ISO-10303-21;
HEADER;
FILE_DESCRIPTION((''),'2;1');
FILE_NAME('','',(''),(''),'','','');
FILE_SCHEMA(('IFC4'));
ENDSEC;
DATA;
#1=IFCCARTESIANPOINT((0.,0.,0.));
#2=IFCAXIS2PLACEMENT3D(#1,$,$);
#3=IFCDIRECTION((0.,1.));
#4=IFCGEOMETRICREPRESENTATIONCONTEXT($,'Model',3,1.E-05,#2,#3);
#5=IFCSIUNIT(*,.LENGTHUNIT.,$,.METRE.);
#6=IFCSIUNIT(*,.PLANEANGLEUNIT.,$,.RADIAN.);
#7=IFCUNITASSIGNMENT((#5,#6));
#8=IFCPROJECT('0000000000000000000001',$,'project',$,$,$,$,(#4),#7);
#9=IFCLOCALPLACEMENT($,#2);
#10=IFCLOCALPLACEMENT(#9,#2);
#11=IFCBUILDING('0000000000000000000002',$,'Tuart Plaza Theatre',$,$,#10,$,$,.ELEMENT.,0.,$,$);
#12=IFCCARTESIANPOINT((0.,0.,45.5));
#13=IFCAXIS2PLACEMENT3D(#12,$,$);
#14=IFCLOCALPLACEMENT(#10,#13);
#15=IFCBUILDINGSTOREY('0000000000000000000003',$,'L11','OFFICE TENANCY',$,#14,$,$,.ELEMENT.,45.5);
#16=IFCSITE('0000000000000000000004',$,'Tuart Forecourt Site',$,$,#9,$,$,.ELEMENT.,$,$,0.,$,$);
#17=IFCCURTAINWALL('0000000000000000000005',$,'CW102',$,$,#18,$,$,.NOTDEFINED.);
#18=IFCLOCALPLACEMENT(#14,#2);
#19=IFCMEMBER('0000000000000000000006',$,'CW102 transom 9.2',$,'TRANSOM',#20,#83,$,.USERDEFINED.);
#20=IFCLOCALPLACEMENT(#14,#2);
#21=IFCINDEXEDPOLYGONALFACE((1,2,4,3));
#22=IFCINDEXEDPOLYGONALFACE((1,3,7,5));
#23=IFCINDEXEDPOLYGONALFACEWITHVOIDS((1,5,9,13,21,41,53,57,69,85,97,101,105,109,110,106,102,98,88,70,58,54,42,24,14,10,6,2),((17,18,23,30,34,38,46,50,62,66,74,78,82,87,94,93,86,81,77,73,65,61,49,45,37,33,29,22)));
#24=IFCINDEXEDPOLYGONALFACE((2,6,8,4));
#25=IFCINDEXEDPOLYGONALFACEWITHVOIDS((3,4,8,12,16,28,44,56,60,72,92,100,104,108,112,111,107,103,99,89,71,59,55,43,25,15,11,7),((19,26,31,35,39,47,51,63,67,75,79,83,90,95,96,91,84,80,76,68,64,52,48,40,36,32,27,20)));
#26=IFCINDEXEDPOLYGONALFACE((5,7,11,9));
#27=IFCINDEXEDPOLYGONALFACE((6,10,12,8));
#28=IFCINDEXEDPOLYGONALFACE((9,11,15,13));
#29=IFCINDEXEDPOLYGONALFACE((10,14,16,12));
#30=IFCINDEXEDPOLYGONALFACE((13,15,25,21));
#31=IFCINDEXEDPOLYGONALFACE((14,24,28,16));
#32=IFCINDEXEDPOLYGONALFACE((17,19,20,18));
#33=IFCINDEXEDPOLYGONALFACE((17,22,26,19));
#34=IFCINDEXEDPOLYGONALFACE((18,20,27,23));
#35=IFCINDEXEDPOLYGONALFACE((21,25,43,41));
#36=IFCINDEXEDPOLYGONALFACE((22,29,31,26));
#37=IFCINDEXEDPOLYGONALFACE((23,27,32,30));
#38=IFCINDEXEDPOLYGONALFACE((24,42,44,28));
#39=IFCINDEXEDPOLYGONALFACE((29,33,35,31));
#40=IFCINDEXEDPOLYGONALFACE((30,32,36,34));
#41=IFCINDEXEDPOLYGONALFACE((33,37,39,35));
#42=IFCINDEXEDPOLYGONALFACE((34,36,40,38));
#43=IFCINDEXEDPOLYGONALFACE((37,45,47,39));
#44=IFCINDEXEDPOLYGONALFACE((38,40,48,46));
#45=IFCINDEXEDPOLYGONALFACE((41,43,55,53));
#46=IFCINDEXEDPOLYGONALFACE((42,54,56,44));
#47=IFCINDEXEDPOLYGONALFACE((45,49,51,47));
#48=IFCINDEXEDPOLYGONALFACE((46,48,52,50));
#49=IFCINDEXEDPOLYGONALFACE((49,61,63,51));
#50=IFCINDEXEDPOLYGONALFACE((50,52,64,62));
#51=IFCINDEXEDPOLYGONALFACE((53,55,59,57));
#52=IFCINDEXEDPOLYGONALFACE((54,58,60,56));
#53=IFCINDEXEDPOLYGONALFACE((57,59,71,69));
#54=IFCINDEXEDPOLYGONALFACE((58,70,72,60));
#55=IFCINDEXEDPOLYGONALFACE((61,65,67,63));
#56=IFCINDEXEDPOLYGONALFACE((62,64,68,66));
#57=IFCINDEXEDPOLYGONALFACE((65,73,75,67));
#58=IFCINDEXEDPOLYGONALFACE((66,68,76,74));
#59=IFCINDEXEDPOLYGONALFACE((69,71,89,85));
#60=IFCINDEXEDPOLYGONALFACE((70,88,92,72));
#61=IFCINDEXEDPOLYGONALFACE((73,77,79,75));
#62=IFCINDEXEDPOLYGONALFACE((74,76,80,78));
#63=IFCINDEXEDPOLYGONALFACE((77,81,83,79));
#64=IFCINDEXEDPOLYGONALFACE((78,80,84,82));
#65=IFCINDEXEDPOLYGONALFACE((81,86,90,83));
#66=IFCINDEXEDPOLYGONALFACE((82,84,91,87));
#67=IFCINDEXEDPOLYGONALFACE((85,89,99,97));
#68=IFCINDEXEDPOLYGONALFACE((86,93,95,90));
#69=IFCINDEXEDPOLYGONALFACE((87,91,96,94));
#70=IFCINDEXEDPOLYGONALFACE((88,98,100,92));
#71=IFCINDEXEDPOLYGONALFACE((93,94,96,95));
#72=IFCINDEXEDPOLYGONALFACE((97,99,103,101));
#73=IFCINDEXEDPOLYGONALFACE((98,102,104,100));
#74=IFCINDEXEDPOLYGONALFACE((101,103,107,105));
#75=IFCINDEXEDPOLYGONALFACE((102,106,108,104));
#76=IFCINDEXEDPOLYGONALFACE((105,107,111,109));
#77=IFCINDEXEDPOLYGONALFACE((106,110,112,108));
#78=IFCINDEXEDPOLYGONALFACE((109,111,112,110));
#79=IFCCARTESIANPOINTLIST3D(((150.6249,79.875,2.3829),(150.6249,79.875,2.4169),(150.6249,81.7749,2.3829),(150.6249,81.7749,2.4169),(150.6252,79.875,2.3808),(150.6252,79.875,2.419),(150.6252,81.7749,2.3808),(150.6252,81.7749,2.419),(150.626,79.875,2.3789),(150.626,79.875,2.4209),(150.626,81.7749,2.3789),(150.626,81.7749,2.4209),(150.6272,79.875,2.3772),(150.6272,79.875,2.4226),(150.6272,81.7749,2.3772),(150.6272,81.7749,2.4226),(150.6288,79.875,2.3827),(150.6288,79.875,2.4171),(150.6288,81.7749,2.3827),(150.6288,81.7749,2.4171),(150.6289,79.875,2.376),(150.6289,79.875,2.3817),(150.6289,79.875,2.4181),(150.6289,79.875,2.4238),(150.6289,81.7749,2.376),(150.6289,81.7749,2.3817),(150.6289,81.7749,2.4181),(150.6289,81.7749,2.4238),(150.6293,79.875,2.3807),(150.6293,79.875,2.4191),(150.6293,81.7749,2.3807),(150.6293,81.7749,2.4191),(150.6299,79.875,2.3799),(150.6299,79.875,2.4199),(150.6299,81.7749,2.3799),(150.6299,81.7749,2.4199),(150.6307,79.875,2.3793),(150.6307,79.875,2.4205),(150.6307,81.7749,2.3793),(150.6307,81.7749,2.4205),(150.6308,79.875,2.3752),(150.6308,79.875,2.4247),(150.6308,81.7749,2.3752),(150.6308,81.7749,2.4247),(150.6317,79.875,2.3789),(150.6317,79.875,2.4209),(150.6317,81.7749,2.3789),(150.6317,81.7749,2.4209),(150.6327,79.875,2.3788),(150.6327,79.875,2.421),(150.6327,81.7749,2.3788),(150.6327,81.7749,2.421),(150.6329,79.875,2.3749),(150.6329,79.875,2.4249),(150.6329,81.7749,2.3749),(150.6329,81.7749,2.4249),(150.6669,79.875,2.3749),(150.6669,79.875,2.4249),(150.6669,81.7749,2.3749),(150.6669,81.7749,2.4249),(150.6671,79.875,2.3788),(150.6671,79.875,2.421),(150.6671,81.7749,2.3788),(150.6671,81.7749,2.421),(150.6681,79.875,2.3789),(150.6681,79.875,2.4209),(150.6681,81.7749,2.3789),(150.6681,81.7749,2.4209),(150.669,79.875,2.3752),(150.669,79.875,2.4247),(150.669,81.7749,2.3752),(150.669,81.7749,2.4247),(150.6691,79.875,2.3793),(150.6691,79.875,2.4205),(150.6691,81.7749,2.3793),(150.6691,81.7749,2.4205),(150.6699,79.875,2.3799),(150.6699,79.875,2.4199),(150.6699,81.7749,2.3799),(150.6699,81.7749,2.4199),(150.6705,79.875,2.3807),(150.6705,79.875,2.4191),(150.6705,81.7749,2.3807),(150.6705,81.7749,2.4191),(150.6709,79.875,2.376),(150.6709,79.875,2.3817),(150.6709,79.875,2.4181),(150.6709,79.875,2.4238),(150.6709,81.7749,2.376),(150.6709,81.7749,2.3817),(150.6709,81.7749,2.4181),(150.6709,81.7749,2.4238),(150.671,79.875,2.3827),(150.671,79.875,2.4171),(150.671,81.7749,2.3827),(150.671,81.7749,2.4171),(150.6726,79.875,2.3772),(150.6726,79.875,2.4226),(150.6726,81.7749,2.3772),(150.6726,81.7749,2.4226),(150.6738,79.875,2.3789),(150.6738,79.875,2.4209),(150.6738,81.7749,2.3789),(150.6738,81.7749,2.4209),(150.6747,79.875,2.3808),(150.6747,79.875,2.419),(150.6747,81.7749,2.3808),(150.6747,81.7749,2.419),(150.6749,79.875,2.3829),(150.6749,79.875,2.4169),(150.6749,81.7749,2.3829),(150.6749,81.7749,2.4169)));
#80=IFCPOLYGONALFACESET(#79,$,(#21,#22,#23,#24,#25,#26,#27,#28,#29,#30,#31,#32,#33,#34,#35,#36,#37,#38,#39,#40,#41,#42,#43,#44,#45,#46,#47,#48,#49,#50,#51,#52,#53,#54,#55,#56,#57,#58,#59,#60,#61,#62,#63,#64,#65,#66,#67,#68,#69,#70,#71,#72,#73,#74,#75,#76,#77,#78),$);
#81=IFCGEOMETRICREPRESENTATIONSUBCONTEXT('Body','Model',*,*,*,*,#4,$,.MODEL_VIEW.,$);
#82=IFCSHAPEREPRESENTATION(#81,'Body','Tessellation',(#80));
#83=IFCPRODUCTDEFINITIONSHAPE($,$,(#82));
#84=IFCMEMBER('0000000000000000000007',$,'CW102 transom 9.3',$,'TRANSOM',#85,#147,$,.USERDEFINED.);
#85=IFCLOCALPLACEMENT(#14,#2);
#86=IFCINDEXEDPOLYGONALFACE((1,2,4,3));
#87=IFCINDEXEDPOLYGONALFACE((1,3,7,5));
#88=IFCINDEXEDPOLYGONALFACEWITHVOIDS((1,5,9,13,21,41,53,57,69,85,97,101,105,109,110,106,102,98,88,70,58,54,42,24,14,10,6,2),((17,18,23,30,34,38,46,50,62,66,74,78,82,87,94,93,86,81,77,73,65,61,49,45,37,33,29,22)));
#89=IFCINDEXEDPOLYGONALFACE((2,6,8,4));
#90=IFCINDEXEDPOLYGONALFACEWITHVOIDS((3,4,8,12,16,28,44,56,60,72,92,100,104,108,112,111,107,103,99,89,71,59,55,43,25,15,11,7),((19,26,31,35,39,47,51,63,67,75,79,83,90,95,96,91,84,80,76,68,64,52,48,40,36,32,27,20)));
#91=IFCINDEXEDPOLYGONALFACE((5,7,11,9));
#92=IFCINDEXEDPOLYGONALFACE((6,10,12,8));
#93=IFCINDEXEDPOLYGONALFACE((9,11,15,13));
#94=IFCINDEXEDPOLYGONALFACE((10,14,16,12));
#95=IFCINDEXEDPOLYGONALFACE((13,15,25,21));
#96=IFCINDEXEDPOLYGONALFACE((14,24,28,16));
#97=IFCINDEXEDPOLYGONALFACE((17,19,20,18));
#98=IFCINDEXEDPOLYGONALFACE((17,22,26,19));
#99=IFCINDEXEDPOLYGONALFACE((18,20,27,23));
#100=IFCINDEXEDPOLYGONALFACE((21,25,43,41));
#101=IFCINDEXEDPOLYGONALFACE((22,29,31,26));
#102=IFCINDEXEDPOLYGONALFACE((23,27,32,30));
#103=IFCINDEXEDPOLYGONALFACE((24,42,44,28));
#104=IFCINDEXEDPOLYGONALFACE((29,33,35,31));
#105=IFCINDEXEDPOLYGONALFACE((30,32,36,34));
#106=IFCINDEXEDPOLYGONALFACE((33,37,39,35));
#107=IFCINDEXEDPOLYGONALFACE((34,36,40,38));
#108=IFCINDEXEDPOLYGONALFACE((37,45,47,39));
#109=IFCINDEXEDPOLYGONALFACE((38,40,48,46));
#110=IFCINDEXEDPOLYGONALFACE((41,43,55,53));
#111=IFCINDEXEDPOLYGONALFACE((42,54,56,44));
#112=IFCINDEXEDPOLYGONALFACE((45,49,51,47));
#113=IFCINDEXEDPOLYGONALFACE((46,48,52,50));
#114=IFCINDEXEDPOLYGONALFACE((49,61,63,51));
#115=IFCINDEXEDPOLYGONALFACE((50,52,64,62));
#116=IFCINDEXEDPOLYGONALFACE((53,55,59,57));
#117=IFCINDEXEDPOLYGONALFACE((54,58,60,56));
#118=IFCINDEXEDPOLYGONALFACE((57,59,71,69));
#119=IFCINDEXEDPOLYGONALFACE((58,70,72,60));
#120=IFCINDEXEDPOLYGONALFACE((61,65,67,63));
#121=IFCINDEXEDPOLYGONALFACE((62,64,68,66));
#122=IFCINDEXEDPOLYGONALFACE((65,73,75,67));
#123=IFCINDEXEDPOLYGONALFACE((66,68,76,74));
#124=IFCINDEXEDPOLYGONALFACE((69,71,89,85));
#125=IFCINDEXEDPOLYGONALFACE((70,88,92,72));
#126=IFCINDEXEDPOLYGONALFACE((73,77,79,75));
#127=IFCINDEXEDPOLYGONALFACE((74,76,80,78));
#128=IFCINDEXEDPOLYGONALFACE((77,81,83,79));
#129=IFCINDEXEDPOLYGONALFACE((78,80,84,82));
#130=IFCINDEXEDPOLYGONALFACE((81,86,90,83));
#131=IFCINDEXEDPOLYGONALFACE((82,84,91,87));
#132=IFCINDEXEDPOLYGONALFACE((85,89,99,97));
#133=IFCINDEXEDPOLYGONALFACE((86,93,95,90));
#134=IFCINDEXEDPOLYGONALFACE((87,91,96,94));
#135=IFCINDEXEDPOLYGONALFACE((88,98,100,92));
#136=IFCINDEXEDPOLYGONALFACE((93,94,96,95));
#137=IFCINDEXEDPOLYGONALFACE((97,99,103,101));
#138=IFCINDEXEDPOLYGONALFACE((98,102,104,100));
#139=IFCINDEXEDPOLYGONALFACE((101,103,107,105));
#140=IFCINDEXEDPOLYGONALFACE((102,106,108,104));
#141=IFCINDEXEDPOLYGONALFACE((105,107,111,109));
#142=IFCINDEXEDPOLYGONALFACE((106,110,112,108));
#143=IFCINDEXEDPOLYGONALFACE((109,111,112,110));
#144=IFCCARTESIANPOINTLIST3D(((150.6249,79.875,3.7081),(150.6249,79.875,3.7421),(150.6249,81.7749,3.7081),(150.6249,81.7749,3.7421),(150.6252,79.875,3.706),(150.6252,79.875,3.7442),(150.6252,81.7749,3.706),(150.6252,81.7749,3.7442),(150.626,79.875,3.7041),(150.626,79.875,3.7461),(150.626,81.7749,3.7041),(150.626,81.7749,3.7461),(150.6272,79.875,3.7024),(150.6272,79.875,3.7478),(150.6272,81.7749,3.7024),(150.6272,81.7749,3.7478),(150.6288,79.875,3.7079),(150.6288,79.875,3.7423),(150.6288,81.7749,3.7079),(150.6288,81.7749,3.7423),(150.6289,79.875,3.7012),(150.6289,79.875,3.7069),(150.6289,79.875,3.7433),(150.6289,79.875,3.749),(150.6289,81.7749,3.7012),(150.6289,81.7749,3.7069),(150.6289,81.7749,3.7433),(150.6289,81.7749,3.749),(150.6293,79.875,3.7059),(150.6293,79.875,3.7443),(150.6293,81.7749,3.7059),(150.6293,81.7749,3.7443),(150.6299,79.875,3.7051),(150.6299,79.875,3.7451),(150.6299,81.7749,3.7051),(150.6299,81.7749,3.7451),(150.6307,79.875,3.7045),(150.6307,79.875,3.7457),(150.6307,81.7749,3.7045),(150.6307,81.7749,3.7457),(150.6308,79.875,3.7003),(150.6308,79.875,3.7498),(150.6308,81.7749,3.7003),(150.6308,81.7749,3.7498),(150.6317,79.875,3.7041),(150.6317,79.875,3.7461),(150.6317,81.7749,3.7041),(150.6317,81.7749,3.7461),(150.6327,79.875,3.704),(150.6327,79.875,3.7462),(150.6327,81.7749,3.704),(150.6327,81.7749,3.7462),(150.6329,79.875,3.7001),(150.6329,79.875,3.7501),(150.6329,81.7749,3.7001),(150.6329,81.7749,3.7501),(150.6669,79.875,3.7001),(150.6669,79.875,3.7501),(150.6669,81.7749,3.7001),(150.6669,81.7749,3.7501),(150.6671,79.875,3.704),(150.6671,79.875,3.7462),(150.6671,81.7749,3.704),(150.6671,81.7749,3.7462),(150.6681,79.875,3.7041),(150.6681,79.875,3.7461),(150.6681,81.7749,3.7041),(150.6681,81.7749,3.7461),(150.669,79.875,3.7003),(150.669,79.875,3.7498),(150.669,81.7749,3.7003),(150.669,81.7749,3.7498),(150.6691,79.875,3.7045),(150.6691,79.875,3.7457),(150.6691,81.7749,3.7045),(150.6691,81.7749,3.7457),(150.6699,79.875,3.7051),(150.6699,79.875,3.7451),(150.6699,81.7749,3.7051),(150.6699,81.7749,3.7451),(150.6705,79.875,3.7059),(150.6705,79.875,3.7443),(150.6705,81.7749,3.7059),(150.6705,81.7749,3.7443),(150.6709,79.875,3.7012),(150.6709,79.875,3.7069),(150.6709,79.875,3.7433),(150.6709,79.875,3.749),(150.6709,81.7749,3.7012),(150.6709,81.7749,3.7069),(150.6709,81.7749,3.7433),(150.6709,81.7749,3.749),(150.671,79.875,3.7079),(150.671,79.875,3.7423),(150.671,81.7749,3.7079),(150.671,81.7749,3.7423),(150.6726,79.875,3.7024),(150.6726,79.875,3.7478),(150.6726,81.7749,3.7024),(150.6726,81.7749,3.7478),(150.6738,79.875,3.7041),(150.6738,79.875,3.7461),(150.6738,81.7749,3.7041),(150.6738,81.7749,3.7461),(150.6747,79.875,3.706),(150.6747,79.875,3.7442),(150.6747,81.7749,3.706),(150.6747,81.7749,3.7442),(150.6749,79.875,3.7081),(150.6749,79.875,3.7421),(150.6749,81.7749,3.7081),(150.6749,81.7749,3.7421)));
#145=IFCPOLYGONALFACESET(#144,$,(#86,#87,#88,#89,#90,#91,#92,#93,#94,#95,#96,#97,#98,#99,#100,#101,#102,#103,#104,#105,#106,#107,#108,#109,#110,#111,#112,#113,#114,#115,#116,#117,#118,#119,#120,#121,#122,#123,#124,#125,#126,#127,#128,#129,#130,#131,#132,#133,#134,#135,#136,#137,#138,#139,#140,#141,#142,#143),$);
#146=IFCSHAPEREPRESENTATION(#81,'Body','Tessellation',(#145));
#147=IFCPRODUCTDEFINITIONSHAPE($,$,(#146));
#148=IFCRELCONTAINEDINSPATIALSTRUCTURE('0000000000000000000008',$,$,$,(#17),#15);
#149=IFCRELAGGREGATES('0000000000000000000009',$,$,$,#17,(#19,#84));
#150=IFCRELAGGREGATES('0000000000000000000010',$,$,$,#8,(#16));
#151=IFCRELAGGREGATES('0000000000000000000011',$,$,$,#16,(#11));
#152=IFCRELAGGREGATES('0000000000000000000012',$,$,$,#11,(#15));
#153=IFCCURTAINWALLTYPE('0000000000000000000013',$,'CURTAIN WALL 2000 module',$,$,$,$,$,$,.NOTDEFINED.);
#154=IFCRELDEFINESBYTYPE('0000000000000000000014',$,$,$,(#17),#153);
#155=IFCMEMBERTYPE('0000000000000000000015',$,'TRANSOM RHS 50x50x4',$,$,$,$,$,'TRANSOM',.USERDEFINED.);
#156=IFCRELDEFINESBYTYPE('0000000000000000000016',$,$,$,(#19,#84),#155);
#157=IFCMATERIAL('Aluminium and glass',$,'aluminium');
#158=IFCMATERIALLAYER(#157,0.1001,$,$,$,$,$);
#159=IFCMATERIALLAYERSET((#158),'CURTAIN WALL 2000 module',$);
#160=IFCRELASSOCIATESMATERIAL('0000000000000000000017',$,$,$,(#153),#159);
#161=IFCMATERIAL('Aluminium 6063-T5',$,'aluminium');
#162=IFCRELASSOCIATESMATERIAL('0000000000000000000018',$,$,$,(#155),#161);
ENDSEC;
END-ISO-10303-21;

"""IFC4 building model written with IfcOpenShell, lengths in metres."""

from ifc_helpers import new_model, si_unit, direction, frame, origin, origin_2d, place, context, subcontext, project, spatial, hollow_rectangle, extrude, material, layer, layer_set, material_profile, profile_set, type_object, element, aggregate, save


model = new_model("IFC4")

# Units and contexts
model_context = context("Model", 3, precision=1e-05, world=origin(), true_north=direction((0.0, 1.0)))
body_context = subcontext(model_context, "Body", "Model", "MODEL_VIEW")
ifc_project = project(units=[si_unit("LENGTHUNIT", "METRE"), si_unit("PLANEANGLEUNIT", "RADIAN")], contexts=[model_context])

# Site, building, storey
site_placement = place(None, origin())
site = spatial("IfcSite", under=ifc_project, at=site_placement, Name="Tuart Forecourt Site", CompositionType="ELEMENT", RefElevation=0.0)
building_placement = place(site_placement, origin())
building = spatial("IfcBuilding", under=site, at=building_placement, Name="Tuart Plaza Theatre", CompositionType="ELEMENT", ElevationOfRefHeight=0.0)
storey_placement = place(building_placement, frame((0.0, 0.0, 45.5)))
storey = spatial("IfcBuildingStorey", under=building, at=storey_placement, Name="L11", Description="OFFICE TENANCY", CompositionType="ELEMENT", Elevation=45.5)

# Curtain wall
ifc_material_1 = material(Name="Aluminium and glass", Category="aluminium")
ifc_layer_1 = layer(ifc_material_1, 0.1001)
ifc_layer_set_1 = layer_set([ifc_layer_1], Name="CURTAIN WALL 2000 module")
curtain_wall_type = type_object("IfcCurtainWallType", Name="CURTAIN WALL 2000 module", PredefinedType="NOTDEFINED", material=ifc_layer_set_1)
curtain_wall_1_placement = place(storey_placement, origin())
curtain_wall_1 = element("IfcCurtainWall", 1, at=curtain_wall_1_placement, inside=storey, type_object=curtain_wall_type, Name="CW102", PredefinedType="NOTDEFINED")

# Members
ifc_material_2 = material(Name="Aluminium 6063-T5", Category="aluminium")
ifc_material_profile_1 = material_profile(ifc_material_2, hollow_rectangle(XDim=0.05, YDim=0.05, WallThickness=0.0039, InnerFilletRadius=0.0039, OuterFilletRadius=0.0081, at=origin_2d()), Name="RHS 50x50x4")
ifc_profile_set_1 = profile_set([ifc_material_profile_1], Name="Aluminium 6063-T5")
member_type_1 = type_object("IfcMemberType", Name="TRANSOM RHS 50x50x4", ElementType="TRANSOM", PredefinedType="USERDEFINED", material=ifc_profile_set_1)
member_1_placement = place(storey_placement, frame((150.6499, 79.875, 2.3999), z_axis=(0.0, 1.0, 0.0), x_axis=(-1.0, 0.0, 0.0)))
member_1 = element("IfcMember", 2, at=member_1_placement, type_object=member_type_1, Name="CW102 transom 9.2", ObjectType="TRANSOM", PredefinedType="USERDEFINED", context=body_context, shape_type="SweptSolid", body=[
    extrude(hollow_rectangle(XDim=0.05, YDim=0.05, WallThickness=0.0039, InnerFilletRadius=0.0039, OuterFilletRadius=0.0081, at=origin_2d()), origin(), (0.0, 0.0, 1.0), 1.8999),
])
member_2_placement = place(storey_placement, frame((150.6499, 79.875, 3.7251), z_axis=(0.0, 1.0, 0.0), x_axis=(-1.0, 0.0, 0.0)))
member_2 = element("IfcMember", 3, at=member_2_placement, type_object=member_type_1, Name="CW102 transom 9.3", ObjectType="TRANSOM", PredefinedType="USERDEFINED", context=body_context, shape_type="SweptSolid", body=[
    extrude(hollow_rectangle(XDim=0.05, YDim=0.05, WallThickness=0.0039, InnerFilletRadius=0.0039, OuterFilletRadius=0.0081, at=origin_2d()), origin(), (0.0, 0.0, 1.0), 1.8999),
])

aggregate(curtain_wall_1, [member_1, member_2])

save(model, "model.ifc")
